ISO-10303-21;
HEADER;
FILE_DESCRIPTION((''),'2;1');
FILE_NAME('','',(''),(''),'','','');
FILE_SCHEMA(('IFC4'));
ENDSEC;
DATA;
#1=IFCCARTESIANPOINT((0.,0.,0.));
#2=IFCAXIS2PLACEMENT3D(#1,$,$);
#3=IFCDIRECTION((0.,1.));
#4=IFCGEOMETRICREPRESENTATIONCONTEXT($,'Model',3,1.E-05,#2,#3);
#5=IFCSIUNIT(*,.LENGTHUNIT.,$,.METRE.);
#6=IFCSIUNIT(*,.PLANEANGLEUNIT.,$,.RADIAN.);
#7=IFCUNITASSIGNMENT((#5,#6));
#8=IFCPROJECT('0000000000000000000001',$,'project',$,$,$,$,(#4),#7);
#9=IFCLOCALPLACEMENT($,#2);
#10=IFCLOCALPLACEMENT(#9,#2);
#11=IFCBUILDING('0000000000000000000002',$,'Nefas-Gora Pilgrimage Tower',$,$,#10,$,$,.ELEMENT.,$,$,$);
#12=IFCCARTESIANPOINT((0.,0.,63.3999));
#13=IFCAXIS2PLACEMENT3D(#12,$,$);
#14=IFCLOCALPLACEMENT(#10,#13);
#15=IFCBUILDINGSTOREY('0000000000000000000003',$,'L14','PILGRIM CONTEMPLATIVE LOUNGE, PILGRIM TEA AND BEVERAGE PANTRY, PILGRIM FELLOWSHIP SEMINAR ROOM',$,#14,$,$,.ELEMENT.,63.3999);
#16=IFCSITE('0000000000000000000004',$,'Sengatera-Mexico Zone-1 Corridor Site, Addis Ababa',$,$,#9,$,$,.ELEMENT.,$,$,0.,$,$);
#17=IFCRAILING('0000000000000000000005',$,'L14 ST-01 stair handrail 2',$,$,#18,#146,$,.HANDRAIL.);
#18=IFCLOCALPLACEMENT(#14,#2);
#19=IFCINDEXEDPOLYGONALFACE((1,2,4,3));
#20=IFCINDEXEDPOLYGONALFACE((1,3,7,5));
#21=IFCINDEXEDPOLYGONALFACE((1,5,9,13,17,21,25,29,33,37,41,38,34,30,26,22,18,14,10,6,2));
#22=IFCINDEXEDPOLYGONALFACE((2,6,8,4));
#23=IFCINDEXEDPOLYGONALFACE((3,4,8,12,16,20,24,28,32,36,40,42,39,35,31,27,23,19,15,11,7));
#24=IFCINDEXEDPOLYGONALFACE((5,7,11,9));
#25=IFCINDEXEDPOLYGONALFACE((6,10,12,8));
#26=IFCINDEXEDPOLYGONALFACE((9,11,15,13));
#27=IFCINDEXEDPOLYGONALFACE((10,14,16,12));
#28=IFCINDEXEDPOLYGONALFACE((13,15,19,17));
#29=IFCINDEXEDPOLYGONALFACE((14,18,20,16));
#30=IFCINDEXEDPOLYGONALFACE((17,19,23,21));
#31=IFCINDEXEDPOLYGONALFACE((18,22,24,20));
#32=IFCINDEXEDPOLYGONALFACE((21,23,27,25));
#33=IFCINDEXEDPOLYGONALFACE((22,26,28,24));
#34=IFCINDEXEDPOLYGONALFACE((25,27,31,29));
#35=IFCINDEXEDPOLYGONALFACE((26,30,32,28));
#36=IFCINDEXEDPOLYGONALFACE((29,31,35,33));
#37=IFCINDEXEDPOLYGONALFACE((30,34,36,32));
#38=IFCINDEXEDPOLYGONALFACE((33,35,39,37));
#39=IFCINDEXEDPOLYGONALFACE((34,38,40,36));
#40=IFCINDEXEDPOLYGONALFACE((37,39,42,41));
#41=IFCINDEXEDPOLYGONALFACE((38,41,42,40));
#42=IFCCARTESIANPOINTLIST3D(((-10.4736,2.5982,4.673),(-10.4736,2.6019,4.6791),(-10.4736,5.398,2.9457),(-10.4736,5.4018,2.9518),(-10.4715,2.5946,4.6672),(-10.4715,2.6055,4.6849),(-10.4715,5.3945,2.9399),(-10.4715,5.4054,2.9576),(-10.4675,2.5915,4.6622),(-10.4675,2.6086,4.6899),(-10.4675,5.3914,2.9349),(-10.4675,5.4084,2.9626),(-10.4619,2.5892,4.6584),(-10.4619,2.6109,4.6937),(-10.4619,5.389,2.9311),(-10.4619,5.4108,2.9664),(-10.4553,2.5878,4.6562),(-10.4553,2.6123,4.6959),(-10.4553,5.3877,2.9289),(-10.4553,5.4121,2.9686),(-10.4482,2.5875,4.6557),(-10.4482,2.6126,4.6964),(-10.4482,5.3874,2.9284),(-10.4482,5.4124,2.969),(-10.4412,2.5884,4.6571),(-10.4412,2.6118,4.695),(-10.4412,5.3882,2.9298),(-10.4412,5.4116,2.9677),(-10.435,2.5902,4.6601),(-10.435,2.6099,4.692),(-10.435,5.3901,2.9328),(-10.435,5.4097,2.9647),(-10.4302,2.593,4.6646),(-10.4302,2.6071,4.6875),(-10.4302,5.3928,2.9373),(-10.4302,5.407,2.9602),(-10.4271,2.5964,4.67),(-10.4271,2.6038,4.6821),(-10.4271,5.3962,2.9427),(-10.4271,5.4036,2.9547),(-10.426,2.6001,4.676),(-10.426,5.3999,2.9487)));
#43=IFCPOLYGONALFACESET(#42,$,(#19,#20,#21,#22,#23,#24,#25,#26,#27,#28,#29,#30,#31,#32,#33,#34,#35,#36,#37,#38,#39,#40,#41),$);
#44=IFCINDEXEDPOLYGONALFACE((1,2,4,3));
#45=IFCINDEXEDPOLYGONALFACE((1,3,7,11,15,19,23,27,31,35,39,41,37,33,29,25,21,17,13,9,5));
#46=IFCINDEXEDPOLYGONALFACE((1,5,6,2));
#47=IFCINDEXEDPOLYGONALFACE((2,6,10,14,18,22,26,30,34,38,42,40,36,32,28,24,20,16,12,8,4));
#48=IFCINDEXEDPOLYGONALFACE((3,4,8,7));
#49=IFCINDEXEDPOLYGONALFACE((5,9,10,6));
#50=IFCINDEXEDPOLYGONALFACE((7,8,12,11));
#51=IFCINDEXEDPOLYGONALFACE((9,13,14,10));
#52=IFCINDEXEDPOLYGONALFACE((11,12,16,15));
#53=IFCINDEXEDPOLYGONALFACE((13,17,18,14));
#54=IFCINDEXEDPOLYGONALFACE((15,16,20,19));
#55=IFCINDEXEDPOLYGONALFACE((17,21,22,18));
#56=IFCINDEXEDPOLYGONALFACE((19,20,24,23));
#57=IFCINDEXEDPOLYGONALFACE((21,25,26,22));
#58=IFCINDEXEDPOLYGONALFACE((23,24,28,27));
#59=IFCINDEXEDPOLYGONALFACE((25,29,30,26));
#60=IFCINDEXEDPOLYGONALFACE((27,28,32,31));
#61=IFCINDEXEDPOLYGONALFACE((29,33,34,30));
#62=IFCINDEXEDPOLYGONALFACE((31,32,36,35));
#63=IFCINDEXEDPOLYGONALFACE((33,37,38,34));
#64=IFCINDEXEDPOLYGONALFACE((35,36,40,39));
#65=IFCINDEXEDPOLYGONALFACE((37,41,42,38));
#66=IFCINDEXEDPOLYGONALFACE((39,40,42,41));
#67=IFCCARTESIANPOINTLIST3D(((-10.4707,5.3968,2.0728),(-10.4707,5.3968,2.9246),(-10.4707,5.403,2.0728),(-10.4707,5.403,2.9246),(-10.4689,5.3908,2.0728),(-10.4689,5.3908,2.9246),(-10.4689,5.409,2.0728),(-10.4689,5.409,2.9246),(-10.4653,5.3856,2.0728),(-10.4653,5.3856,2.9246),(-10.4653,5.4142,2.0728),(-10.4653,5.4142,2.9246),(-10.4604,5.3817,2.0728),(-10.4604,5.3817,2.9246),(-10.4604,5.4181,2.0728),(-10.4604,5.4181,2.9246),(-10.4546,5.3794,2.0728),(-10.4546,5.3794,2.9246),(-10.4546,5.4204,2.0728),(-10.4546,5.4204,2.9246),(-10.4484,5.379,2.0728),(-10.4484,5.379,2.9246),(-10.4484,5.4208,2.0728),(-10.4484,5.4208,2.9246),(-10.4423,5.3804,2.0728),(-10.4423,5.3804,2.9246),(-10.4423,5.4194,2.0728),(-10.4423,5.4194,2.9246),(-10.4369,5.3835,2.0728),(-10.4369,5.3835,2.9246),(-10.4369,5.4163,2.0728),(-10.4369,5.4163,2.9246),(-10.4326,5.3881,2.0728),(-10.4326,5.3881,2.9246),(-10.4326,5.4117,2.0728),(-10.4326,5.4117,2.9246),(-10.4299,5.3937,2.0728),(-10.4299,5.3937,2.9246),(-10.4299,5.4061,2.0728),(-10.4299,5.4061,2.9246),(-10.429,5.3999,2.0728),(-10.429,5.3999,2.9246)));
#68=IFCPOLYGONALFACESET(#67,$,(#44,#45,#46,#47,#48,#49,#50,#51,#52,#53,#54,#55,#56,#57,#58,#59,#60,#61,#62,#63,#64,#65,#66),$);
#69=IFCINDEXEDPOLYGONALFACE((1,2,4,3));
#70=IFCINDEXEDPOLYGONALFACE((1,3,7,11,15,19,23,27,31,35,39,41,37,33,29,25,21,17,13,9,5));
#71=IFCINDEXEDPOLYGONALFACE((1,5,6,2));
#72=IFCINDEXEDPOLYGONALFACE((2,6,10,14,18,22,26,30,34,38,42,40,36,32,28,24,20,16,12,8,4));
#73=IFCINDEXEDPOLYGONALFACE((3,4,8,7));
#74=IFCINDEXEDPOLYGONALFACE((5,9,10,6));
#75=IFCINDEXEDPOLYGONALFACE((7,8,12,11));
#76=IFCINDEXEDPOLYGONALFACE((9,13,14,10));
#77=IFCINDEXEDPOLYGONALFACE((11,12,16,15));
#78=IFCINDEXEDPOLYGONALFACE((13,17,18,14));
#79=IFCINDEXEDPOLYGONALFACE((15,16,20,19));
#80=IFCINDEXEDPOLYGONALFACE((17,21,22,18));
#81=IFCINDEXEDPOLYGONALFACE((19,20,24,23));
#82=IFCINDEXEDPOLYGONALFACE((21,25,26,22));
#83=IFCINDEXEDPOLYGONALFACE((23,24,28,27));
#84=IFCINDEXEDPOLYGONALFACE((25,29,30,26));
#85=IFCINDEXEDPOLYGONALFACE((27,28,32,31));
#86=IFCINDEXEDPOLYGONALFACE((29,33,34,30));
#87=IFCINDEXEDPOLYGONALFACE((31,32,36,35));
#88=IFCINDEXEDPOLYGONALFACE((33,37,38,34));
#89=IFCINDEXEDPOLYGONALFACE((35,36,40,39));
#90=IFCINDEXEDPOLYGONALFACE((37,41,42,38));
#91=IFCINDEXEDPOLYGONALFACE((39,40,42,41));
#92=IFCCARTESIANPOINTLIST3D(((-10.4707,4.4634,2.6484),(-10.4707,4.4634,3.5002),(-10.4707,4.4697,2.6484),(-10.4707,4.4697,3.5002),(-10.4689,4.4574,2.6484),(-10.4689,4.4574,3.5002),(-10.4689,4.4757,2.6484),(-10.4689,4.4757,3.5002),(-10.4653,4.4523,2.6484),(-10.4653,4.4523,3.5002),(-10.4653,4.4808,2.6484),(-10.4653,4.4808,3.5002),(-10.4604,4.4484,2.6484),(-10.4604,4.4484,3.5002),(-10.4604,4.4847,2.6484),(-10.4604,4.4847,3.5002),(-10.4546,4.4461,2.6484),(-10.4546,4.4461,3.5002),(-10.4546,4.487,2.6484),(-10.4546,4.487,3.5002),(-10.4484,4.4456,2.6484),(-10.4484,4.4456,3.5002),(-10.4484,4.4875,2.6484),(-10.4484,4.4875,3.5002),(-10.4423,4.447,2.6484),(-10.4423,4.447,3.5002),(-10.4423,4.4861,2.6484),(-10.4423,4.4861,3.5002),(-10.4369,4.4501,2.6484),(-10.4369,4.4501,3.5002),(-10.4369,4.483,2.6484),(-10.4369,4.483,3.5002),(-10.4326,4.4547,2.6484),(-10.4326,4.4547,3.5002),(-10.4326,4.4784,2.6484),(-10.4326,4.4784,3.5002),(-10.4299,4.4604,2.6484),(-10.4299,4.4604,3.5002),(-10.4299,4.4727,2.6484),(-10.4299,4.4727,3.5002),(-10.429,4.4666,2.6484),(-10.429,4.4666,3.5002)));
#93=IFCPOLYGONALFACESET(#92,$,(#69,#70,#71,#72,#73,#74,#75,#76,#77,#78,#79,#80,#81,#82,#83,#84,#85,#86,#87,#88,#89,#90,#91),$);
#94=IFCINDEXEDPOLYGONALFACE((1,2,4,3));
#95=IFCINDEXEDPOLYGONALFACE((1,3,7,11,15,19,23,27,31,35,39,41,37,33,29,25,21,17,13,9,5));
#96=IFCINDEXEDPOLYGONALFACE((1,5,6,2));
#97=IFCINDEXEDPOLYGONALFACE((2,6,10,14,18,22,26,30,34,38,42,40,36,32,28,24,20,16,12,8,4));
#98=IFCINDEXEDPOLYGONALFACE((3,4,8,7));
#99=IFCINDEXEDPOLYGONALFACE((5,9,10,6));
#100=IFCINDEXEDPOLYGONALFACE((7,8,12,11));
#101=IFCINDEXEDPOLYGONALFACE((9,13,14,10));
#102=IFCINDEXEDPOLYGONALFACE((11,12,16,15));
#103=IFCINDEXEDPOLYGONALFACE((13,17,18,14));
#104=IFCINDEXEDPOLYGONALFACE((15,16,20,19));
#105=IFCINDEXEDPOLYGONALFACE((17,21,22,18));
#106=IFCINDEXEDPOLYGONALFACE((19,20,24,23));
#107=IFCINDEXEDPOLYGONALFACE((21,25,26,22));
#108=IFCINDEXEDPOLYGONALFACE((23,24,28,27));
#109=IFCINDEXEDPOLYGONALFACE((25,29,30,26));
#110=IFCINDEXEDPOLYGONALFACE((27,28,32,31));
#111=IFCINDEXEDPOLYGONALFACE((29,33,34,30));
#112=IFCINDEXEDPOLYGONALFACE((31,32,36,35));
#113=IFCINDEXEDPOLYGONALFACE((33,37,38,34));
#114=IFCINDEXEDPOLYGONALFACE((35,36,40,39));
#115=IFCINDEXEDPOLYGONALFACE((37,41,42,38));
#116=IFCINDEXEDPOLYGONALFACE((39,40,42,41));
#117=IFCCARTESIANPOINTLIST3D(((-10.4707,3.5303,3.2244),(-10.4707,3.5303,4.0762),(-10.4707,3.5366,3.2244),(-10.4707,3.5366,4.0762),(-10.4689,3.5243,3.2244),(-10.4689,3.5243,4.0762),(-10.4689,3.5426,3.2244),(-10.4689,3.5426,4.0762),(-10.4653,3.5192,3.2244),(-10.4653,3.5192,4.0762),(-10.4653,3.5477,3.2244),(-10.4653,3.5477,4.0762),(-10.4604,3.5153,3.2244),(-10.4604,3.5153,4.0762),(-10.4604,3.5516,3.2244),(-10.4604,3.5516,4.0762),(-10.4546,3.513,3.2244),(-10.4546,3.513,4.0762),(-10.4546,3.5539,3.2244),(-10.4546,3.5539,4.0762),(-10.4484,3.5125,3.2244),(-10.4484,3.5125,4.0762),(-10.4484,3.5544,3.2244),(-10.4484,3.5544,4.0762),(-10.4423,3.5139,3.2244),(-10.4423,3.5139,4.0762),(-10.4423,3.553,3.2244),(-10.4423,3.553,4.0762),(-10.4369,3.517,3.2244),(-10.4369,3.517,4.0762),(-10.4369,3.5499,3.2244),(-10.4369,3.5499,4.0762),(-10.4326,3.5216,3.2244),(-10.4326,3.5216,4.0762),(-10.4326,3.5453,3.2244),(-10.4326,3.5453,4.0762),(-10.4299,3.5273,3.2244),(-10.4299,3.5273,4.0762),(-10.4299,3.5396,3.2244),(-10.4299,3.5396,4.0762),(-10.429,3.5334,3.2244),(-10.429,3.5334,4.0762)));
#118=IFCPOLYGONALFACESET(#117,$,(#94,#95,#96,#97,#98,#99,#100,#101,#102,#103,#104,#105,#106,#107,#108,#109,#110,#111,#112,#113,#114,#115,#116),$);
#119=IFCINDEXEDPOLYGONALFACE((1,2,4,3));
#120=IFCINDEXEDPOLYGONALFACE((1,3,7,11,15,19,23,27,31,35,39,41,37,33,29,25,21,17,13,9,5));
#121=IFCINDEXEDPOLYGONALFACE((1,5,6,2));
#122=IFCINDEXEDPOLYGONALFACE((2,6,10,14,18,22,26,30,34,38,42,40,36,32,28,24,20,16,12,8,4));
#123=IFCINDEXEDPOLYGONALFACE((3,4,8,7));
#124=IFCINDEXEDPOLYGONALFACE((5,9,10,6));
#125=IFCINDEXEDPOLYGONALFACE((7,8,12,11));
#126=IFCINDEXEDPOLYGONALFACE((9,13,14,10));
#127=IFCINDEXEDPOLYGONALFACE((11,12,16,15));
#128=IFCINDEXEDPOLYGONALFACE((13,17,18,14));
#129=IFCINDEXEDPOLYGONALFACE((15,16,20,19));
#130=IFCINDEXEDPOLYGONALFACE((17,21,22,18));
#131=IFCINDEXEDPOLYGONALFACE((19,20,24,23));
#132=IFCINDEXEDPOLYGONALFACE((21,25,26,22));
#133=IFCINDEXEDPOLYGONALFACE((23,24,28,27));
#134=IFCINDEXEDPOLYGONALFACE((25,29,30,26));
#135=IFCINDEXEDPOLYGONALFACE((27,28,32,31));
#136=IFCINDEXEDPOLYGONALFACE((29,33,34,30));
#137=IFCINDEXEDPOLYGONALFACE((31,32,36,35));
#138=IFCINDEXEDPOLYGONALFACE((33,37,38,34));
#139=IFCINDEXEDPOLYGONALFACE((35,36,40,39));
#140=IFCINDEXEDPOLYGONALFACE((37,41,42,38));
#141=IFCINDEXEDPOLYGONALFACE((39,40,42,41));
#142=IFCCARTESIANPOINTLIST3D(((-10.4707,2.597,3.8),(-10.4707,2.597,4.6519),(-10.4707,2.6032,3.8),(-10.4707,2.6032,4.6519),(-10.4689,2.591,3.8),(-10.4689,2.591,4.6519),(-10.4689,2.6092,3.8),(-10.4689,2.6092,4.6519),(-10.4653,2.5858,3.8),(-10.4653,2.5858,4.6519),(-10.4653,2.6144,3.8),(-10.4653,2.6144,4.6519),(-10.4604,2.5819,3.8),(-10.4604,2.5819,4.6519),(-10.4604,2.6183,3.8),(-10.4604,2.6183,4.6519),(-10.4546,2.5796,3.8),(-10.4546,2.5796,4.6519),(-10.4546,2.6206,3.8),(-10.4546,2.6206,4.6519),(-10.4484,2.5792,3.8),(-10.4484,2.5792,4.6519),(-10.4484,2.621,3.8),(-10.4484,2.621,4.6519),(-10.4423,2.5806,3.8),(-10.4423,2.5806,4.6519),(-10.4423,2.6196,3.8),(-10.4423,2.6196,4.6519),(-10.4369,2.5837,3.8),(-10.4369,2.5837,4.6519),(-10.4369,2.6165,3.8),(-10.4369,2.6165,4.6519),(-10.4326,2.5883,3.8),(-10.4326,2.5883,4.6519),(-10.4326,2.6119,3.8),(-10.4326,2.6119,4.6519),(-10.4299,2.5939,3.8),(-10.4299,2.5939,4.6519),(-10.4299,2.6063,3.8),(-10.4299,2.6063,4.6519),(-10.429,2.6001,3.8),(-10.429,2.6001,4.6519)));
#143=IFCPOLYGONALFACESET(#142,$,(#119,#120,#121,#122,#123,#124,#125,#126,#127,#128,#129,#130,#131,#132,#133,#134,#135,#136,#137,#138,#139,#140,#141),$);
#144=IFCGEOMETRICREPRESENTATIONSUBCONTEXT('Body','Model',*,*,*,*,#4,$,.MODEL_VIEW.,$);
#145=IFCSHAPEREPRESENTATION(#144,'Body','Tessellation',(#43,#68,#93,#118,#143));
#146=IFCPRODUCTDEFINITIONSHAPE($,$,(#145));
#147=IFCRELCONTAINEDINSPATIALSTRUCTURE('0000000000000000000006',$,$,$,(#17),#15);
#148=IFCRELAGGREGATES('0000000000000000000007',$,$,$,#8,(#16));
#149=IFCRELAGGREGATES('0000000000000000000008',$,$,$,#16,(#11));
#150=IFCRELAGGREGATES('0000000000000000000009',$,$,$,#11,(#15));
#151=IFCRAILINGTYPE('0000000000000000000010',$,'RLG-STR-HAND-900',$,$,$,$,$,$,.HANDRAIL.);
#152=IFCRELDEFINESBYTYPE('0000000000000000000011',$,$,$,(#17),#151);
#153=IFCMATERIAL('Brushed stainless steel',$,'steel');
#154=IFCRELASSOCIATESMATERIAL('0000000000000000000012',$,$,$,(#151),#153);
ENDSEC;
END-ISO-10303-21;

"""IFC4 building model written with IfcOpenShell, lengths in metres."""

from ifc_helpers import new_model, si_unit, direction, frame, origin, origin_2d, place, context, subcontext, project, spatial, circle, extrude, material, type_object, element, save


model = new_model("IFC4")

# Units and contexts
model_context = context("Model", 3, precision=1e-05, world=origin(), true_north=direction((0.0, 1.0)))
body_context = subcontext(model_context, "Body", "Model", "MODEL_VIEW")
ifc_project = project(units=[si_unit("LENGTHUNIT", "METRE"), si_unit("PLANEANGLEUNIT", "RADIAN")], contexts=[model_context])

# Site, building, storey
site_placement = place(None, origin())
site = spatial("IfcSite", under=ifc_project, at=site_placement, Name="Sengatera-Mexico Zone-1 Corridor Site, Addis Ababa", CompositionType="ELEMENT", RefElevation=0.0)
building_placement = place(site_placement, origin())
building = spatial("IfcBuilding", under=site, at=building_placement, Name="Nefas-Gora Pilgrimage Tower", CompositionType="ELEMENT")
storey_placement = place(building_placement, frame((0.0, 0.0, 63.3999)))
storey = spatial("IfcBuildingStorey", under=building, at=storey_placement, Name="L14", Description="PILGRIM CONTEMPLATIVE LOUNGE, PILGRIM TEA AND BEVERAGE PANTRY, PILGRIM FELLOWSHIP SEMINAR ROOM", CompositionType="ELEMENT", Elevation=63.3999)

# Railing
ifc_material_1 = material(Name="Brushed stainless steel", Category="steel")
railing_type = type_object("IfcRailingType", Name="RLG-STR-HAND-900", PredefinedType="HANDRAIL", material=ifc_material_1)
railing_placement = place(storey_placement, frame((-10.45, 5.3999, 2.0728)))
element("IfcRailing", 1, at=railing_placement, inside=storey, type_object=railing_type, Name="L14 ST-01 stair handrail 2", PredefinedType="HANDRAIL", context=body_context, shape_type="SweptSolid", body=[
    extrude(circle(Radius=0.0239, at=origin_2d()), frame((0.0, 0.0, 0.876), z_axis=(0.0, -0.851069, 0.525054), x_axis=(1.0, 0.0, 0.0)), (0.0, 0.0, 1.0), 3.2898),
    extrude(circle(Radius=0.021, at=origin_2d()), origin(), (0.0, 0.0, 1.0), 0.8518),
    extrude(circle(Radius=0.021, at=origin_2d()), frame((0.0, -0.9333, 0.5757)), (0.0, 0.0, 1.0), 0.8518),
    extrude(circle(Radius=0.021, at=origin_2d()), frame((0.0, -1.8665, 1.1516)), (0.0, 0.0, 1.0), 0.8518),
    extrude(circle(Radius=0.021, at=origin_2d()), frame((0.0, -2.7998, 1.7273)), (0.0, 0.0, 1.0), 0.8518),
])

save(model, "model.ifc")
